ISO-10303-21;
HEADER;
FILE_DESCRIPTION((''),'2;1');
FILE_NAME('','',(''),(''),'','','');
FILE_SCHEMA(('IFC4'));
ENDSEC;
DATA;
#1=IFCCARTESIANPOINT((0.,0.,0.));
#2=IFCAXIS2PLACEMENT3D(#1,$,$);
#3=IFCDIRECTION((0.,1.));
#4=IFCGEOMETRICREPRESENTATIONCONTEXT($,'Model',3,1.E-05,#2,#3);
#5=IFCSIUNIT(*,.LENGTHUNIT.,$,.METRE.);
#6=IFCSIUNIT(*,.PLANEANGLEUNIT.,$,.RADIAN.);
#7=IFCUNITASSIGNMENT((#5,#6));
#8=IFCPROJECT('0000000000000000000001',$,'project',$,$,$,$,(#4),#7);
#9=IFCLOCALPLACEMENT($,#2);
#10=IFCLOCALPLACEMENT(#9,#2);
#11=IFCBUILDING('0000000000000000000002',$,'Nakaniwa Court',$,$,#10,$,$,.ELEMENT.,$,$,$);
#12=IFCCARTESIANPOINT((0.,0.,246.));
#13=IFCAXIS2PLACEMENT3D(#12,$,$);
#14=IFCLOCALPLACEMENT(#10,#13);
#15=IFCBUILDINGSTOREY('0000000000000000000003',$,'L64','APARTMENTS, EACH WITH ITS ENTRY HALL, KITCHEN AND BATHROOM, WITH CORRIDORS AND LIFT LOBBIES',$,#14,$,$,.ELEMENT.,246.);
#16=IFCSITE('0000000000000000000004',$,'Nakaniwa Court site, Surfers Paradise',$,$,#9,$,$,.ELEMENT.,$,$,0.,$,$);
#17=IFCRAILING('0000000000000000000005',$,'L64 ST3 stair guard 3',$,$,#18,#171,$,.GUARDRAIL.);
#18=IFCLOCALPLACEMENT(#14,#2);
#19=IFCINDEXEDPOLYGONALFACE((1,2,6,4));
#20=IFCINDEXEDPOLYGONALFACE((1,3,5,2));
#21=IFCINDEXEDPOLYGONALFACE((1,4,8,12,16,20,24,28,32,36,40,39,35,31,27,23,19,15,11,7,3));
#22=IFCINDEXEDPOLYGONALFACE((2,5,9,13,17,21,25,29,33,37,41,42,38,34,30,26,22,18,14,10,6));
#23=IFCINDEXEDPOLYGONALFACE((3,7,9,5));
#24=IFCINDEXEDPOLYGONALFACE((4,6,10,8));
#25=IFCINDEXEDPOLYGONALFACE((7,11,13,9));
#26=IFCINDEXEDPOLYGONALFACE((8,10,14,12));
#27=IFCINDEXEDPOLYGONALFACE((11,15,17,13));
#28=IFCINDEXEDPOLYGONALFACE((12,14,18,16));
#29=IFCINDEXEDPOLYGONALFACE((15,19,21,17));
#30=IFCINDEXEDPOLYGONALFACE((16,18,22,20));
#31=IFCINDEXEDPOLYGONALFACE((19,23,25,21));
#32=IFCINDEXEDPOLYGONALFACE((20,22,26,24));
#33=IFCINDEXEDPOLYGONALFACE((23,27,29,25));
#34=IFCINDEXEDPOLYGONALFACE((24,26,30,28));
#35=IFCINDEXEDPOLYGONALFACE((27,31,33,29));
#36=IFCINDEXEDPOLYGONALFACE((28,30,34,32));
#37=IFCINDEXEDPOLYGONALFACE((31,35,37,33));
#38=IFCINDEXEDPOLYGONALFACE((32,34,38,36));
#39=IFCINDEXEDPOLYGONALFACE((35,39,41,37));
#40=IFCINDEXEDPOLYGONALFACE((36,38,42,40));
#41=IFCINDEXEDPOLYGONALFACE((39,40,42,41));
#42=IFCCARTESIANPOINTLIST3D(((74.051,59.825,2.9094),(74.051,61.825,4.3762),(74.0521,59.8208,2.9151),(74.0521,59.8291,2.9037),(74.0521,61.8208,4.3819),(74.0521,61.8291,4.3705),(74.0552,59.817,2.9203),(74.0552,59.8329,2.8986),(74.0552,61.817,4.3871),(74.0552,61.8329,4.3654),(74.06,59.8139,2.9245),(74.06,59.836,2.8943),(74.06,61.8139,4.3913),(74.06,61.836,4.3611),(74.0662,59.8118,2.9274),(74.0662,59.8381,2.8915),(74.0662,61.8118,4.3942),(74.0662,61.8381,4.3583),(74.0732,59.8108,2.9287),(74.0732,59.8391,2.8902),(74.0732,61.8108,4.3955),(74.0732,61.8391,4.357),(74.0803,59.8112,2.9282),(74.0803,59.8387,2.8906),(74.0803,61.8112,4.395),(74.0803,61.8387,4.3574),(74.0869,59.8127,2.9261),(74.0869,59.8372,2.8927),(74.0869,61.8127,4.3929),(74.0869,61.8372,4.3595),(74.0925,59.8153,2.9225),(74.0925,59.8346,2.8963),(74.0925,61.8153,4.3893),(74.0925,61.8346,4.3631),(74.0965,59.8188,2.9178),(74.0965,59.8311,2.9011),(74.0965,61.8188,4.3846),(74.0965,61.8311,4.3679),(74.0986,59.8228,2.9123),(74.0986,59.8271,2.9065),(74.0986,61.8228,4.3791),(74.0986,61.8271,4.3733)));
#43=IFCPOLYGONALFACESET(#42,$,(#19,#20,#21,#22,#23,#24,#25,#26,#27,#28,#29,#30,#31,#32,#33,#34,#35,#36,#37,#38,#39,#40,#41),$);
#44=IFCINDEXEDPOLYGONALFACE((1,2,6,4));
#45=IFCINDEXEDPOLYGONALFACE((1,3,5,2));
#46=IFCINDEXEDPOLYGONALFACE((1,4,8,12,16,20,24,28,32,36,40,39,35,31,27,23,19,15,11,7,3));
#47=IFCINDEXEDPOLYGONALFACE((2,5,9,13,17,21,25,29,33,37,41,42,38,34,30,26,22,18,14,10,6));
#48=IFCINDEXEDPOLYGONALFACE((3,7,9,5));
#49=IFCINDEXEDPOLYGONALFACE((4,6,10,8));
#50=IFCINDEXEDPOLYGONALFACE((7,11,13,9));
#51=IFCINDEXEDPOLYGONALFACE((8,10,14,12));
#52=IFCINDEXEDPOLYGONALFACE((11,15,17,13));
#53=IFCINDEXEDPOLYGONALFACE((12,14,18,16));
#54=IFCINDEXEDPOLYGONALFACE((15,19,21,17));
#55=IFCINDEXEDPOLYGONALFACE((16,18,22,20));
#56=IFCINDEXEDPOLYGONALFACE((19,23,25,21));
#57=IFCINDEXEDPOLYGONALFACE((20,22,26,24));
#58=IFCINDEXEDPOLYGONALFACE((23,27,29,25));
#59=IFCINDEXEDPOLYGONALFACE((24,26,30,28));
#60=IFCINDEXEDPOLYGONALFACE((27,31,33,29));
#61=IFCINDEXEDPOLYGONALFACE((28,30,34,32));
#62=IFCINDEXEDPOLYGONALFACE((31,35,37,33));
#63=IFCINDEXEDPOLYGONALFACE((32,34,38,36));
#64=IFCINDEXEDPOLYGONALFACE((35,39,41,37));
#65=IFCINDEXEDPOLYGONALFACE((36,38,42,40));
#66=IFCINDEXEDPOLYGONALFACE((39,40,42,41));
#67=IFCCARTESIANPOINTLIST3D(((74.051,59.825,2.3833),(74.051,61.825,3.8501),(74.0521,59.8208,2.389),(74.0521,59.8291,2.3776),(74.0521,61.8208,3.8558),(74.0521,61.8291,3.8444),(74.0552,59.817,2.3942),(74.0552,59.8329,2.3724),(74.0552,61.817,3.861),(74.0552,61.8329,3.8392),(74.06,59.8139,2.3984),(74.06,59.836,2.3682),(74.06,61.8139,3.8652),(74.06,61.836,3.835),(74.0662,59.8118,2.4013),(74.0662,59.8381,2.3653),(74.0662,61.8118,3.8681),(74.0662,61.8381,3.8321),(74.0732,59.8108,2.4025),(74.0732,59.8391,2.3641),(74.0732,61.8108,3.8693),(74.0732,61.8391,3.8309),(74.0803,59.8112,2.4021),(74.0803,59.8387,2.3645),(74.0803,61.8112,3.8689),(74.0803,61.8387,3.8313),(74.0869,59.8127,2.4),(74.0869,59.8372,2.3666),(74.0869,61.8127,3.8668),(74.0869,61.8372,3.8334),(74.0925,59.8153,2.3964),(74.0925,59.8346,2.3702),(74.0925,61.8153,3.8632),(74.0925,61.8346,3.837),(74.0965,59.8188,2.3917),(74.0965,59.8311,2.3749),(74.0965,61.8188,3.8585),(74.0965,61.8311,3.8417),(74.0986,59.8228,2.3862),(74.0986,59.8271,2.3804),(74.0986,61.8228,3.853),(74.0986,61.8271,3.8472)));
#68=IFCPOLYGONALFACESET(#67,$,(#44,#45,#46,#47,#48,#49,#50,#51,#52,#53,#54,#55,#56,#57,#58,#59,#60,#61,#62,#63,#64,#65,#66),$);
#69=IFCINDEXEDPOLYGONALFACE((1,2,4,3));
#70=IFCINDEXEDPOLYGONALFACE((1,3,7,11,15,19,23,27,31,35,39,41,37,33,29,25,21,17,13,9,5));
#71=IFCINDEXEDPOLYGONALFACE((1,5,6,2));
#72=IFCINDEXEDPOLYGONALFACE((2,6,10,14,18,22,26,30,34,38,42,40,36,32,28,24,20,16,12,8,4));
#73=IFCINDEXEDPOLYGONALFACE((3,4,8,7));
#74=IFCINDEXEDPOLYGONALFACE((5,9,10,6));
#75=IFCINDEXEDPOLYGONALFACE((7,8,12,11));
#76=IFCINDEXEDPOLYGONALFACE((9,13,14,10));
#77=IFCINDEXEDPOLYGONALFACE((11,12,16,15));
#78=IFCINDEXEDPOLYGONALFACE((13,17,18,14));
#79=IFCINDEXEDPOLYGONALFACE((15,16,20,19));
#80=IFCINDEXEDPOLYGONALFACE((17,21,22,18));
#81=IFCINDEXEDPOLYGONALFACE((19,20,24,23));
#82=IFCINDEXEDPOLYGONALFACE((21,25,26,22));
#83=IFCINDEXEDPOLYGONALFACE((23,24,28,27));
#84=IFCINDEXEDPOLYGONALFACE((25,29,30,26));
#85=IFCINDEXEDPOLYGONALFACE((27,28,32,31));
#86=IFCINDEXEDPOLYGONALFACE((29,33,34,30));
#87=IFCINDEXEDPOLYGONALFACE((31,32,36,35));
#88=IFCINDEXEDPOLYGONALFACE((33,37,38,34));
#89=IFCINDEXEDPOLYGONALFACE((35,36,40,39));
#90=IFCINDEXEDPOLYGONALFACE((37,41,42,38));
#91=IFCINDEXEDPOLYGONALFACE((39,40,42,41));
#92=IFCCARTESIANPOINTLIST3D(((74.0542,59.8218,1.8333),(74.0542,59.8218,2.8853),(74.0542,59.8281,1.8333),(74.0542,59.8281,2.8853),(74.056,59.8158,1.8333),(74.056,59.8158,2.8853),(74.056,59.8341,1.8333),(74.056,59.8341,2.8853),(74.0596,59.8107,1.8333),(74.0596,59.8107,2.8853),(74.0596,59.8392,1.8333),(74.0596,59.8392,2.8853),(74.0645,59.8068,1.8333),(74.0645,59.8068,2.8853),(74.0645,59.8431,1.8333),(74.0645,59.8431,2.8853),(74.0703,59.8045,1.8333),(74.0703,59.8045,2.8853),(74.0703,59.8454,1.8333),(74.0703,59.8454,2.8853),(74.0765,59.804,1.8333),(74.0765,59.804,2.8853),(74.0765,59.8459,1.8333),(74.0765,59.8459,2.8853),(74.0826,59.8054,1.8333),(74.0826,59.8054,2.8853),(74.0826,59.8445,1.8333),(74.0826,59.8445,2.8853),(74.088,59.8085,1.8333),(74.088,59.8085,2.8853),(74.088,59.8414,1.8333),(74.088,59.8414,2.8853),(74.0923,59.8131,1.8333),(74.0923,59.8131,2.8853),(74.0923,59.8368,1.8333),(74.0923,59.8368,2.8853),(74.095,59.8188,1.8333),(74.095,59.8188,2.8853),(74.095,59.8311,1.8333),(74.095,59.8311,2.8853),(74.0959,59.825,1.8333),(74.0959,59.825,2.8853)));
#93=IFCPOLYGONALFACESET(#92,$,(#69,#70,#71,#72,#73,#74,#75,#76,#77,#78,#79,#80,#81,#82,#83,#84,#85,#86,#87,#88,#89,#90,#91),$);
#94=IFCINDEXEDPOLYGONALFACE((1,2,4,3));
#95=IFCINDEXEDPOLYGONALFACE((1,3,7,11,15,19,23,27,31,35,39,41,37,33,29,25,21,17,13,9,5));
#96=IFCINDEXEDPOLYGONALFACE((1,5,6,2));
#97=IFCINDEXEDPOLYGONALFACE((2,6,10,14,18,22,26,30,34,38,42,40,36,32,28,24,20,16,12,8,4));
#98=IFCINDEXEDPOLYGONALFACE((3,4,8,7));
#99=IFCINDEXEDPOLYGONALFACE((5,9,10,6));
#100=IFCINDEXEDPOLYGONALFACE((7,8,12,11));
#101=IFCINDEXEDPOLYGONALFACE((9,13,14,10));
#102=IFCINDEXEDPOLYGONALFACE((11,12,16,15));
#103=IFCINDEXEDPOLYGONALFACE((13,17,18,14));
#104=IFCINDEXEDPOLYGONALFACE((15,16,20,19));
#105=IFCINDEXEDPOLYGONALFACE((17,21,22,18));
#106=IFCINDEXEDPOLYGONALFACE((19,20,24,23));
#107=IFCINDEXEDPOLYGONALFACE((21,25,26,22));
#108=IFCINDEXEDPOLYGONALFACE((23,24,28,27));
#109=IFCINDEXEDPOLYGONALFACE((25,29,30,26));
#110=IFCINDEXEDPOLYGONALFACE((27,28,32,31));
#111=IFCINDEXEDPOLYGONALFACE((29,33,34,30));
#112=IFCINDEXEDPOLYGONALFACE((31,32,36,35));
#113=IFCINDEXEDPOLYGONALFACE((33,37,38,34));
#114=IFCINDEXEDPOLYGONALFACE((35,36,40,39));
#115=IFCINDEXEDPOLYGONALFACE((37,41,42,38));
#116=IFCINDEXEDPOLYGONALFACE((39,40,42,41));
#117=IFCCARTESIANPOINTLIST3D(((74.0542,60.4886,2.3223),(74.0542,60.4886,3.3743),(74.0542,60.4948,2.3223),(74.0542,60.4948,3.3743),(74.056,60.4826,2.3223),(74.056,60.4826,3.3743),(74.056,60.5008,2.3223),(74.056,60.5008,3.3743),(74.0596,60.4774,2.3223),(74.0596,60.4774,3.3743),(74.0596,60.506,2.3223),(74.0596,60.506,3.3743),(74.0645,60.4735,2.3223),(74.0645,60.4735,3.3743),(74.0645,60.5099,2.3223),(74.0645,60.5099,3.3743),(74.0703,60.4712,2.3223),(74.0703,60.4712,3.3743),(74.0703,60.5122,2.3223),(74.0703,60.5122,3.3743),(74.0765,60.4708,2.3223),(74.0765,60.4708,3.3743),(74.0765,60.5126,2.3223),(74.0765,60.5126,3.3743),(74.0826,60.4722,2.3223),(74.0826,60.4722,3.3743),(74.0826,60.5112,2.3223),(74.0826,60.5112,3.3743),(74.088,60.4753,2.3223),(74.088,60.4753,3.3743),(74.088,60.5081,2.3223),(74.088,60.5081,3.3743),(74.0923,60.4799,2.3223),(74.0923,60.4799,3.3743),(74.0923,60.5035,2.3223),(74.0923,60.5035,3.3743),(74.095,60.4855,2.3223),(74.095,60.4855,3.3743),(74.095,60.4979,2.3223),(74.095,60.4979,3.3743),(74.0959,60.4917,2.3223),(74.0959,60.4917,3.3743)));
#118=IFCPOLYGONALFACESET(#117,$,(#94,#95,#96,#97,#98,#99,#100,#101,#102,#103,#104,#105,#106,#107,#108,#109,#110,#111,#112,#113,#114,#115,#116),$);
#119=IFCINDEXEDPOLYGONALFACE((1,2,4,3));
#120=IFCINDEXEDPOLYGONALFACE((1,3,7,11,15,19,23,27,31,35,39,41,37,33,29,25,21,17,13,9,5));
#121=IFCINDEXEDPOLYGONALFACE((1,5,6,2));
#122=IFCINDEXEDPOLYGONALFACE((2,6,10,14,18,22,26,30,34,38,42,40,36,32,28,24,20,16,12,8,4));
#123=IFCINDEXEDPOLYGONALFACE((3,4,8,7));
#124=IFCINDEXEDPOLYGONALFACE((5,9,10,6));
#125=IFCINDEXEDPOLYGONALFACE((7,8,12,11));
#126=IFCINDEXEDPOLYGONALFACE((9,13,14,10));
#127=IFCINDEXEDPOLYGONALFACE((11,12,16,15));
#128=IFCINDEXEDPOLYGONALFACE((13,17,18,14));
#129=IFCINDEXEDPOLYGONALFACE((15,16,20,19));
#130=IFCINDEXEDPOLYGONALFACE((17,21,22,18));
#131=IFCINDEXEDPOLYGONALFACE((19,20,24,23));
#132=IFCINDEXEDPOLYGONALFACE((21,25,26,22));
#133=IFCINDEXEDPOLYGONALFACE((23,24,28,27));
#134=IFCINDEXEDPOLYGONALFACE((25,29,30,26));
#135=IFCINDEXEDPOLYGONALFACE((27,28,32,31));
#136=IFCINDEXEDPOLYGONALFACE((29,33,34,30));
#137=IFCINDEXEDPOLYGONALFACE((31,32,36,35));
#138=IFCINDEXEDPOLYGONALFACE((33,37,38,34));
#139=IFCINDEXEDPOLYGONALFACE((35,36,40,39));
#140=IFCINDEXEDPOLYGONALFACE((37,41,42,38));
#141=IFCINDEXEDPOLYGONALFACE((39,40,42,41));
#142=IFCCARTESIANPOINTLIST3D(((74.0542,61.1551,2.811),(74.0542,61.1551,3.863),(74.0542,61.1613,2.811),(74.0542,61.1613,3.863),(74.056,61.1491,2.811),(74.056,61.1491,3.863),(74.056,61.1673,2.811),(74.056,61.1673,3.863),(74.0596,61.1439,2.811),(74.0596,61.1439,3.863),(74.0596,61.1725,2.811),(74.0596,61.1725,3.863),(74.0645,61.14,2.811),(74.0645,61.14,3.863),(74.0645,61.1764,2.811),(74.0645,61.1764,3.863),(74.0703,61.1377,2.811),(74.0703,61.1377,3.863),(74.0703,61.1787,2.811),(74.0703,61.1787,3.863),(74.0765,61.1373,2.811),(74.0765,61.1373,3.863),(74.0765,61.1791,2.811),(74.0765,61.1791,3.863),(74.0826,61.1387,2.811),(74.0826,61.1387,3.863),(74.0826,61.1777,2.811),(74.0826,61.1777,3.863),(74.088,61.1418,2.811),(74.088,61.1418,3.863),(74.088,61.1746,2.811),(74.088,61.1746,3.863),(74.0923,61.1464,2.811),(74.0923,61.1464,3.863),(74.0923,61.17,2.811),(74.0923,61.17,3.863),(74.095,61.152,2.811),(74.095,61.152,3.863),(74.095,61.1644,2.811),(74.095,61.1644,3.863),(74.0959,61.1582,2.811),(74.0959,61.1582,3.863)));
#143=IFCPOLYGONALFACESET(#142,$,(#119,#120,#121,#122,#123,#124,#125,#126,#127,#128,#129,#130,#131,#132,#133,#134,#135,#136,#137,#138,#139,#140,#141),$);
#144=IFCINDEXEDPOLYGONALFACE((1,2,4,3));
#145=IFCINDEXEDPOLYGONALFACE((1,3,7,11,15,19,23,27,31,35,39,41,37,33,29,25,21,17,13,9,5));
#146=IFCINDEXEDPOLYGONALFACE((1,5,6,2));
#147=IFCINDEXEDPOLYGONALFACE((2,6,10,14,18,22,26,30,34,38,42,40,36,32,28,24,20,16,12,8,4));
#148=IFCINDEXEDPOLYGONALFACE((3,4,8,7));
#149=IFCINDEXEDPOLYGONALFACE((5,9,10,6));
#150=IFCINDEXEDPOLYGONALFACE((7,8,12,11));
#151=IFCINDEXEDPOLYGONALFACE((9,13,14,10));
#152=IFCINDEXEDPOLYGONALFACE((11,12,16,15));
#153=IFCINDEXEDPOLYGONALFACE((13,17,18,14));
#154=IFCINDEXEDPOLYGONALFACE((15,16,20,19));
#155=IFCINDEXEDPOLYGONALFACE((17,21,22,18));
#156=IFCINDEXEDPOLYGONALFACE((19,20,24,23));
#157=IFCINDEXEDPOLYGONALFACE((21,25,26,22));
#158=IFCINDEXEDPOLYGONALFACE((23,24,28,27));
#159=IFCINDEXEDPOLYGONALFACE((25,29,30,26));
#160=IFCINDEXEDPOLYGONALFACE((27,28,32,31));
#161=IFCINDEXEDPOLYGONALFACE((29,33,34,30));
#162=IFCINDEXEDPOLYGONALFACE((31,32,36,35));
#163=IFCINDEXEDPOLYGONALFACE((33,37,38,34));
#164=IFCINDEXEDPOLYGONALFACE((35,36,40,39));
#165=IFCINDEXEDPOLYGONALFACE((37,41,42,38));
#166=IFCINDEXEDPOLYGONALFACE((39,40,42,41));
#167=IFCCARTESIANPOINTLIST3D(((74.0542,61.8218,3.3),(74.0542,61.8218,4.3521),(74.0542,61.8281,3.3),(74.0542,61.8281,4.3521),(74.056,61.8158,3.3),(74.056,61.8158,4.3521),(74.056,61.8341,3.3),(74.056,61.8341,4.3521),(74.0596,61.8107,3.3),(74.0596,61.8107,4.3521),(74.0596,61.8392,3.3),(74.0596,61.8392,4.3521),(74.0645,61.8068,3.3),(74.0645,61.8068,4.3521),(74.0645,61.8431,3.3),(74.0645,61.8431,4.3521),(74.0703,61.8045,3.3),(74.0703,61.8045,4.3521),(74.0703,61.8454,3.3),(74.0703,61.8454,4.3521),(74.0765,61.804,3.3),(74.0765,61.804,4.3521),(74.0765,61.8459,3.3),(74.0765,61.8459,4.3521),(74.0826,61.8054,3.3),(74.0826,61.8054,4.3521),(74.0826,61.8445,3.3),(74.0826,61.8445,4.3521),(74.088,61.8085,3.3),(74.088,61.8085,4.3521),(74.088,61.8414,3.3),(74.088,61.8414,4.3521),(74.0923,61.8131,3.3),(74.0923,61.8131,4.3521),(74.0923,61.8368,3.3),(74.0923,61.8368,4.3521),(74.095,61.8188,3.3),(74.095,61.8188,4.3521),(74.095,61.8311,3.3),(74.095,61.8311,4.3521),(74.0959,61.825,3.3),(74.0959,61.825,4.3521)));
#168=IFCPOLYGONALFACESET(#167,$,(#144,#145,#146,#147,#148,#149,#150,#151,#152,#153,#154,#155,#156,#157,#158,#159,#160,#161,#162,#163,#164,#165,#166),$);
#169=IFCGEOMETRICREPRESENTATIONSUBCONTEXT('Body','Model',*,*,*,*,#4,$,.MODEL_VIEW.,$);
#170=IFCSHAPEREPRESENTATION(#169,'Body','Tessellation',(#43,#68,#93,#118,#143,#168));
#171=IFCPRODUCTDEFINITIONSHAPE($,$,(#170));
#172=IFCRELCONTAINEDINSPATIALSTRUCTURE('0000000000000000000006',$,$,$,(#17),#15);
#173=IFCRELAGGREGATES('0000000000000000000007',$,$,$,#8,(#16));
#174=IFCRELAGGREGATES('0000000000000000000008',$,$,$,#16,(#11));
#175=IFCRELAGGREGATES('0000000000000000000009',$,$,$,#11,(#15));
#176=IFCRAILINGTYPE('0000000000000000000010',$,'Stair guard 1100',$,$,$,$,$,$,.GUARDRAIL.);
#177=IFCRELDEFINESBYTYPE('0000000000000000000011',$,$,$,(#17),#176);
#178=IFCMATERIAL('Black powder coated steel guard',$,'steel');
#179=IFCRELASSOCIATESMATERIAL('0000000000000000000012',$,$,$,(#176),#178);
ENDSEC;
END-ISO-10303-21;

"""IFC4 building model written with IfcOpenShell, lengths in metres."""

from ifc_helpers import new_model, si_unit, direction, frame, origin, origin_2d, place, context, subcontext, project, spatial, circle, extrude, material, type_object, element, save


model = new_model("IFC4")

# Units and contexts
model_context = context("Model", 3, precision=1e-05, world=origin(), true_north=direction((0.0, 1.0)))
body_context = subcontext(model_context, "Body", "Model", "MODEL_VIEW")
ifc_project = project(units=[si_unit("LENGTHUNIT", "METRE"), si_unit("PLANEANGLEUNIT", "RADIAN")], contexts=[model_context])

# Site, building, storey
site_placement = place(None, origin())
site = spatial("IfcSite", under=ifc_project, at=site_placement, Name="Nakaniwa Court site, Surfers Paradise", CompositionType="ELEMENT", RefElevation=0.0)
building_placement = place(site_placement, origin())
building = spatial("IfcBuilding", under=site, at=building_placement, Name="Nakaniwa Court", CompositionType="ELEMENT")
storey_placement = place(building_placement, frame((0.0, 0.0, 246.0)))
storey = spatial("IfcBuildingStorey", under=building, at=storey_placement, Name="L64", Description="APARTMENTS, EACH WITH ITS ENTRY HALL, KITCHEN AND BATHROOM, WITH CORRIDORS AND LIFT LOBBIES", CompositionType="ELEMENT", Elevation=246.0)

# Railing
ifc_material_1 = material(Name="Black powder coated steel guard", Category="steel")
railing_type_1 = type_object("IfcRailingType", Name="Stair guard 1100", PredefinedType="GUARDRAIL", material=ifc_material_1)
railing_1_placement = place(storey_placement, frame((74.075, 59.825, 1.8333)))
element("IfcRailing", 1, at=railing_1_placement, inside=storey, type_object=railing_type_1, Name="L64 ST3 stair guard 3", PredefinedType="GUARDRAIL", context=body_context, shape_type="SweptSolid", body=[
    extrude(circle(Radius=0.0239, at=origin_2d()), frame((0.0, 0.0, 1.0762), z_axis=(0.0, 0.80638, 0.591398), x_axis=(-1.0, 0.0, 0.0)), (0.0, 0.0, 1.0), 2.4802),
    extrude(circle(Radius=0.0239, at=origin_2d()), frame((0.0, 0.0, 0.55), z_axis=(0.0, 0.80638, 0.591398), x_axis=(-1.0, 0.0, 0.0)), (0.0, 0.0, 1.0), 2.4802),
    extrude(circle(Radius=0.021, at=origin_2d()), origin(), (0.0, 0.0, 1.0), 1.052),
    extrude(circle(Radius=0.021, at=origin_2d()), frame((0.0, 0.6667, 0.489)), (0.0, 0.0, 1.0), 1.052),
    extrude(circle(Radius=0.021, at=origin_2d()), frame((0.0, 1.3333, 0.9778)), (0.0, 0.0, 1.0), 1.052),
    extrude(circle(Radius=0.021, at=origin_2d()), frame((0.0, 2.0, 1.4668)), (0.0, 0.0, 1.0), 1.052),
])

save(model, "model.ifc")
